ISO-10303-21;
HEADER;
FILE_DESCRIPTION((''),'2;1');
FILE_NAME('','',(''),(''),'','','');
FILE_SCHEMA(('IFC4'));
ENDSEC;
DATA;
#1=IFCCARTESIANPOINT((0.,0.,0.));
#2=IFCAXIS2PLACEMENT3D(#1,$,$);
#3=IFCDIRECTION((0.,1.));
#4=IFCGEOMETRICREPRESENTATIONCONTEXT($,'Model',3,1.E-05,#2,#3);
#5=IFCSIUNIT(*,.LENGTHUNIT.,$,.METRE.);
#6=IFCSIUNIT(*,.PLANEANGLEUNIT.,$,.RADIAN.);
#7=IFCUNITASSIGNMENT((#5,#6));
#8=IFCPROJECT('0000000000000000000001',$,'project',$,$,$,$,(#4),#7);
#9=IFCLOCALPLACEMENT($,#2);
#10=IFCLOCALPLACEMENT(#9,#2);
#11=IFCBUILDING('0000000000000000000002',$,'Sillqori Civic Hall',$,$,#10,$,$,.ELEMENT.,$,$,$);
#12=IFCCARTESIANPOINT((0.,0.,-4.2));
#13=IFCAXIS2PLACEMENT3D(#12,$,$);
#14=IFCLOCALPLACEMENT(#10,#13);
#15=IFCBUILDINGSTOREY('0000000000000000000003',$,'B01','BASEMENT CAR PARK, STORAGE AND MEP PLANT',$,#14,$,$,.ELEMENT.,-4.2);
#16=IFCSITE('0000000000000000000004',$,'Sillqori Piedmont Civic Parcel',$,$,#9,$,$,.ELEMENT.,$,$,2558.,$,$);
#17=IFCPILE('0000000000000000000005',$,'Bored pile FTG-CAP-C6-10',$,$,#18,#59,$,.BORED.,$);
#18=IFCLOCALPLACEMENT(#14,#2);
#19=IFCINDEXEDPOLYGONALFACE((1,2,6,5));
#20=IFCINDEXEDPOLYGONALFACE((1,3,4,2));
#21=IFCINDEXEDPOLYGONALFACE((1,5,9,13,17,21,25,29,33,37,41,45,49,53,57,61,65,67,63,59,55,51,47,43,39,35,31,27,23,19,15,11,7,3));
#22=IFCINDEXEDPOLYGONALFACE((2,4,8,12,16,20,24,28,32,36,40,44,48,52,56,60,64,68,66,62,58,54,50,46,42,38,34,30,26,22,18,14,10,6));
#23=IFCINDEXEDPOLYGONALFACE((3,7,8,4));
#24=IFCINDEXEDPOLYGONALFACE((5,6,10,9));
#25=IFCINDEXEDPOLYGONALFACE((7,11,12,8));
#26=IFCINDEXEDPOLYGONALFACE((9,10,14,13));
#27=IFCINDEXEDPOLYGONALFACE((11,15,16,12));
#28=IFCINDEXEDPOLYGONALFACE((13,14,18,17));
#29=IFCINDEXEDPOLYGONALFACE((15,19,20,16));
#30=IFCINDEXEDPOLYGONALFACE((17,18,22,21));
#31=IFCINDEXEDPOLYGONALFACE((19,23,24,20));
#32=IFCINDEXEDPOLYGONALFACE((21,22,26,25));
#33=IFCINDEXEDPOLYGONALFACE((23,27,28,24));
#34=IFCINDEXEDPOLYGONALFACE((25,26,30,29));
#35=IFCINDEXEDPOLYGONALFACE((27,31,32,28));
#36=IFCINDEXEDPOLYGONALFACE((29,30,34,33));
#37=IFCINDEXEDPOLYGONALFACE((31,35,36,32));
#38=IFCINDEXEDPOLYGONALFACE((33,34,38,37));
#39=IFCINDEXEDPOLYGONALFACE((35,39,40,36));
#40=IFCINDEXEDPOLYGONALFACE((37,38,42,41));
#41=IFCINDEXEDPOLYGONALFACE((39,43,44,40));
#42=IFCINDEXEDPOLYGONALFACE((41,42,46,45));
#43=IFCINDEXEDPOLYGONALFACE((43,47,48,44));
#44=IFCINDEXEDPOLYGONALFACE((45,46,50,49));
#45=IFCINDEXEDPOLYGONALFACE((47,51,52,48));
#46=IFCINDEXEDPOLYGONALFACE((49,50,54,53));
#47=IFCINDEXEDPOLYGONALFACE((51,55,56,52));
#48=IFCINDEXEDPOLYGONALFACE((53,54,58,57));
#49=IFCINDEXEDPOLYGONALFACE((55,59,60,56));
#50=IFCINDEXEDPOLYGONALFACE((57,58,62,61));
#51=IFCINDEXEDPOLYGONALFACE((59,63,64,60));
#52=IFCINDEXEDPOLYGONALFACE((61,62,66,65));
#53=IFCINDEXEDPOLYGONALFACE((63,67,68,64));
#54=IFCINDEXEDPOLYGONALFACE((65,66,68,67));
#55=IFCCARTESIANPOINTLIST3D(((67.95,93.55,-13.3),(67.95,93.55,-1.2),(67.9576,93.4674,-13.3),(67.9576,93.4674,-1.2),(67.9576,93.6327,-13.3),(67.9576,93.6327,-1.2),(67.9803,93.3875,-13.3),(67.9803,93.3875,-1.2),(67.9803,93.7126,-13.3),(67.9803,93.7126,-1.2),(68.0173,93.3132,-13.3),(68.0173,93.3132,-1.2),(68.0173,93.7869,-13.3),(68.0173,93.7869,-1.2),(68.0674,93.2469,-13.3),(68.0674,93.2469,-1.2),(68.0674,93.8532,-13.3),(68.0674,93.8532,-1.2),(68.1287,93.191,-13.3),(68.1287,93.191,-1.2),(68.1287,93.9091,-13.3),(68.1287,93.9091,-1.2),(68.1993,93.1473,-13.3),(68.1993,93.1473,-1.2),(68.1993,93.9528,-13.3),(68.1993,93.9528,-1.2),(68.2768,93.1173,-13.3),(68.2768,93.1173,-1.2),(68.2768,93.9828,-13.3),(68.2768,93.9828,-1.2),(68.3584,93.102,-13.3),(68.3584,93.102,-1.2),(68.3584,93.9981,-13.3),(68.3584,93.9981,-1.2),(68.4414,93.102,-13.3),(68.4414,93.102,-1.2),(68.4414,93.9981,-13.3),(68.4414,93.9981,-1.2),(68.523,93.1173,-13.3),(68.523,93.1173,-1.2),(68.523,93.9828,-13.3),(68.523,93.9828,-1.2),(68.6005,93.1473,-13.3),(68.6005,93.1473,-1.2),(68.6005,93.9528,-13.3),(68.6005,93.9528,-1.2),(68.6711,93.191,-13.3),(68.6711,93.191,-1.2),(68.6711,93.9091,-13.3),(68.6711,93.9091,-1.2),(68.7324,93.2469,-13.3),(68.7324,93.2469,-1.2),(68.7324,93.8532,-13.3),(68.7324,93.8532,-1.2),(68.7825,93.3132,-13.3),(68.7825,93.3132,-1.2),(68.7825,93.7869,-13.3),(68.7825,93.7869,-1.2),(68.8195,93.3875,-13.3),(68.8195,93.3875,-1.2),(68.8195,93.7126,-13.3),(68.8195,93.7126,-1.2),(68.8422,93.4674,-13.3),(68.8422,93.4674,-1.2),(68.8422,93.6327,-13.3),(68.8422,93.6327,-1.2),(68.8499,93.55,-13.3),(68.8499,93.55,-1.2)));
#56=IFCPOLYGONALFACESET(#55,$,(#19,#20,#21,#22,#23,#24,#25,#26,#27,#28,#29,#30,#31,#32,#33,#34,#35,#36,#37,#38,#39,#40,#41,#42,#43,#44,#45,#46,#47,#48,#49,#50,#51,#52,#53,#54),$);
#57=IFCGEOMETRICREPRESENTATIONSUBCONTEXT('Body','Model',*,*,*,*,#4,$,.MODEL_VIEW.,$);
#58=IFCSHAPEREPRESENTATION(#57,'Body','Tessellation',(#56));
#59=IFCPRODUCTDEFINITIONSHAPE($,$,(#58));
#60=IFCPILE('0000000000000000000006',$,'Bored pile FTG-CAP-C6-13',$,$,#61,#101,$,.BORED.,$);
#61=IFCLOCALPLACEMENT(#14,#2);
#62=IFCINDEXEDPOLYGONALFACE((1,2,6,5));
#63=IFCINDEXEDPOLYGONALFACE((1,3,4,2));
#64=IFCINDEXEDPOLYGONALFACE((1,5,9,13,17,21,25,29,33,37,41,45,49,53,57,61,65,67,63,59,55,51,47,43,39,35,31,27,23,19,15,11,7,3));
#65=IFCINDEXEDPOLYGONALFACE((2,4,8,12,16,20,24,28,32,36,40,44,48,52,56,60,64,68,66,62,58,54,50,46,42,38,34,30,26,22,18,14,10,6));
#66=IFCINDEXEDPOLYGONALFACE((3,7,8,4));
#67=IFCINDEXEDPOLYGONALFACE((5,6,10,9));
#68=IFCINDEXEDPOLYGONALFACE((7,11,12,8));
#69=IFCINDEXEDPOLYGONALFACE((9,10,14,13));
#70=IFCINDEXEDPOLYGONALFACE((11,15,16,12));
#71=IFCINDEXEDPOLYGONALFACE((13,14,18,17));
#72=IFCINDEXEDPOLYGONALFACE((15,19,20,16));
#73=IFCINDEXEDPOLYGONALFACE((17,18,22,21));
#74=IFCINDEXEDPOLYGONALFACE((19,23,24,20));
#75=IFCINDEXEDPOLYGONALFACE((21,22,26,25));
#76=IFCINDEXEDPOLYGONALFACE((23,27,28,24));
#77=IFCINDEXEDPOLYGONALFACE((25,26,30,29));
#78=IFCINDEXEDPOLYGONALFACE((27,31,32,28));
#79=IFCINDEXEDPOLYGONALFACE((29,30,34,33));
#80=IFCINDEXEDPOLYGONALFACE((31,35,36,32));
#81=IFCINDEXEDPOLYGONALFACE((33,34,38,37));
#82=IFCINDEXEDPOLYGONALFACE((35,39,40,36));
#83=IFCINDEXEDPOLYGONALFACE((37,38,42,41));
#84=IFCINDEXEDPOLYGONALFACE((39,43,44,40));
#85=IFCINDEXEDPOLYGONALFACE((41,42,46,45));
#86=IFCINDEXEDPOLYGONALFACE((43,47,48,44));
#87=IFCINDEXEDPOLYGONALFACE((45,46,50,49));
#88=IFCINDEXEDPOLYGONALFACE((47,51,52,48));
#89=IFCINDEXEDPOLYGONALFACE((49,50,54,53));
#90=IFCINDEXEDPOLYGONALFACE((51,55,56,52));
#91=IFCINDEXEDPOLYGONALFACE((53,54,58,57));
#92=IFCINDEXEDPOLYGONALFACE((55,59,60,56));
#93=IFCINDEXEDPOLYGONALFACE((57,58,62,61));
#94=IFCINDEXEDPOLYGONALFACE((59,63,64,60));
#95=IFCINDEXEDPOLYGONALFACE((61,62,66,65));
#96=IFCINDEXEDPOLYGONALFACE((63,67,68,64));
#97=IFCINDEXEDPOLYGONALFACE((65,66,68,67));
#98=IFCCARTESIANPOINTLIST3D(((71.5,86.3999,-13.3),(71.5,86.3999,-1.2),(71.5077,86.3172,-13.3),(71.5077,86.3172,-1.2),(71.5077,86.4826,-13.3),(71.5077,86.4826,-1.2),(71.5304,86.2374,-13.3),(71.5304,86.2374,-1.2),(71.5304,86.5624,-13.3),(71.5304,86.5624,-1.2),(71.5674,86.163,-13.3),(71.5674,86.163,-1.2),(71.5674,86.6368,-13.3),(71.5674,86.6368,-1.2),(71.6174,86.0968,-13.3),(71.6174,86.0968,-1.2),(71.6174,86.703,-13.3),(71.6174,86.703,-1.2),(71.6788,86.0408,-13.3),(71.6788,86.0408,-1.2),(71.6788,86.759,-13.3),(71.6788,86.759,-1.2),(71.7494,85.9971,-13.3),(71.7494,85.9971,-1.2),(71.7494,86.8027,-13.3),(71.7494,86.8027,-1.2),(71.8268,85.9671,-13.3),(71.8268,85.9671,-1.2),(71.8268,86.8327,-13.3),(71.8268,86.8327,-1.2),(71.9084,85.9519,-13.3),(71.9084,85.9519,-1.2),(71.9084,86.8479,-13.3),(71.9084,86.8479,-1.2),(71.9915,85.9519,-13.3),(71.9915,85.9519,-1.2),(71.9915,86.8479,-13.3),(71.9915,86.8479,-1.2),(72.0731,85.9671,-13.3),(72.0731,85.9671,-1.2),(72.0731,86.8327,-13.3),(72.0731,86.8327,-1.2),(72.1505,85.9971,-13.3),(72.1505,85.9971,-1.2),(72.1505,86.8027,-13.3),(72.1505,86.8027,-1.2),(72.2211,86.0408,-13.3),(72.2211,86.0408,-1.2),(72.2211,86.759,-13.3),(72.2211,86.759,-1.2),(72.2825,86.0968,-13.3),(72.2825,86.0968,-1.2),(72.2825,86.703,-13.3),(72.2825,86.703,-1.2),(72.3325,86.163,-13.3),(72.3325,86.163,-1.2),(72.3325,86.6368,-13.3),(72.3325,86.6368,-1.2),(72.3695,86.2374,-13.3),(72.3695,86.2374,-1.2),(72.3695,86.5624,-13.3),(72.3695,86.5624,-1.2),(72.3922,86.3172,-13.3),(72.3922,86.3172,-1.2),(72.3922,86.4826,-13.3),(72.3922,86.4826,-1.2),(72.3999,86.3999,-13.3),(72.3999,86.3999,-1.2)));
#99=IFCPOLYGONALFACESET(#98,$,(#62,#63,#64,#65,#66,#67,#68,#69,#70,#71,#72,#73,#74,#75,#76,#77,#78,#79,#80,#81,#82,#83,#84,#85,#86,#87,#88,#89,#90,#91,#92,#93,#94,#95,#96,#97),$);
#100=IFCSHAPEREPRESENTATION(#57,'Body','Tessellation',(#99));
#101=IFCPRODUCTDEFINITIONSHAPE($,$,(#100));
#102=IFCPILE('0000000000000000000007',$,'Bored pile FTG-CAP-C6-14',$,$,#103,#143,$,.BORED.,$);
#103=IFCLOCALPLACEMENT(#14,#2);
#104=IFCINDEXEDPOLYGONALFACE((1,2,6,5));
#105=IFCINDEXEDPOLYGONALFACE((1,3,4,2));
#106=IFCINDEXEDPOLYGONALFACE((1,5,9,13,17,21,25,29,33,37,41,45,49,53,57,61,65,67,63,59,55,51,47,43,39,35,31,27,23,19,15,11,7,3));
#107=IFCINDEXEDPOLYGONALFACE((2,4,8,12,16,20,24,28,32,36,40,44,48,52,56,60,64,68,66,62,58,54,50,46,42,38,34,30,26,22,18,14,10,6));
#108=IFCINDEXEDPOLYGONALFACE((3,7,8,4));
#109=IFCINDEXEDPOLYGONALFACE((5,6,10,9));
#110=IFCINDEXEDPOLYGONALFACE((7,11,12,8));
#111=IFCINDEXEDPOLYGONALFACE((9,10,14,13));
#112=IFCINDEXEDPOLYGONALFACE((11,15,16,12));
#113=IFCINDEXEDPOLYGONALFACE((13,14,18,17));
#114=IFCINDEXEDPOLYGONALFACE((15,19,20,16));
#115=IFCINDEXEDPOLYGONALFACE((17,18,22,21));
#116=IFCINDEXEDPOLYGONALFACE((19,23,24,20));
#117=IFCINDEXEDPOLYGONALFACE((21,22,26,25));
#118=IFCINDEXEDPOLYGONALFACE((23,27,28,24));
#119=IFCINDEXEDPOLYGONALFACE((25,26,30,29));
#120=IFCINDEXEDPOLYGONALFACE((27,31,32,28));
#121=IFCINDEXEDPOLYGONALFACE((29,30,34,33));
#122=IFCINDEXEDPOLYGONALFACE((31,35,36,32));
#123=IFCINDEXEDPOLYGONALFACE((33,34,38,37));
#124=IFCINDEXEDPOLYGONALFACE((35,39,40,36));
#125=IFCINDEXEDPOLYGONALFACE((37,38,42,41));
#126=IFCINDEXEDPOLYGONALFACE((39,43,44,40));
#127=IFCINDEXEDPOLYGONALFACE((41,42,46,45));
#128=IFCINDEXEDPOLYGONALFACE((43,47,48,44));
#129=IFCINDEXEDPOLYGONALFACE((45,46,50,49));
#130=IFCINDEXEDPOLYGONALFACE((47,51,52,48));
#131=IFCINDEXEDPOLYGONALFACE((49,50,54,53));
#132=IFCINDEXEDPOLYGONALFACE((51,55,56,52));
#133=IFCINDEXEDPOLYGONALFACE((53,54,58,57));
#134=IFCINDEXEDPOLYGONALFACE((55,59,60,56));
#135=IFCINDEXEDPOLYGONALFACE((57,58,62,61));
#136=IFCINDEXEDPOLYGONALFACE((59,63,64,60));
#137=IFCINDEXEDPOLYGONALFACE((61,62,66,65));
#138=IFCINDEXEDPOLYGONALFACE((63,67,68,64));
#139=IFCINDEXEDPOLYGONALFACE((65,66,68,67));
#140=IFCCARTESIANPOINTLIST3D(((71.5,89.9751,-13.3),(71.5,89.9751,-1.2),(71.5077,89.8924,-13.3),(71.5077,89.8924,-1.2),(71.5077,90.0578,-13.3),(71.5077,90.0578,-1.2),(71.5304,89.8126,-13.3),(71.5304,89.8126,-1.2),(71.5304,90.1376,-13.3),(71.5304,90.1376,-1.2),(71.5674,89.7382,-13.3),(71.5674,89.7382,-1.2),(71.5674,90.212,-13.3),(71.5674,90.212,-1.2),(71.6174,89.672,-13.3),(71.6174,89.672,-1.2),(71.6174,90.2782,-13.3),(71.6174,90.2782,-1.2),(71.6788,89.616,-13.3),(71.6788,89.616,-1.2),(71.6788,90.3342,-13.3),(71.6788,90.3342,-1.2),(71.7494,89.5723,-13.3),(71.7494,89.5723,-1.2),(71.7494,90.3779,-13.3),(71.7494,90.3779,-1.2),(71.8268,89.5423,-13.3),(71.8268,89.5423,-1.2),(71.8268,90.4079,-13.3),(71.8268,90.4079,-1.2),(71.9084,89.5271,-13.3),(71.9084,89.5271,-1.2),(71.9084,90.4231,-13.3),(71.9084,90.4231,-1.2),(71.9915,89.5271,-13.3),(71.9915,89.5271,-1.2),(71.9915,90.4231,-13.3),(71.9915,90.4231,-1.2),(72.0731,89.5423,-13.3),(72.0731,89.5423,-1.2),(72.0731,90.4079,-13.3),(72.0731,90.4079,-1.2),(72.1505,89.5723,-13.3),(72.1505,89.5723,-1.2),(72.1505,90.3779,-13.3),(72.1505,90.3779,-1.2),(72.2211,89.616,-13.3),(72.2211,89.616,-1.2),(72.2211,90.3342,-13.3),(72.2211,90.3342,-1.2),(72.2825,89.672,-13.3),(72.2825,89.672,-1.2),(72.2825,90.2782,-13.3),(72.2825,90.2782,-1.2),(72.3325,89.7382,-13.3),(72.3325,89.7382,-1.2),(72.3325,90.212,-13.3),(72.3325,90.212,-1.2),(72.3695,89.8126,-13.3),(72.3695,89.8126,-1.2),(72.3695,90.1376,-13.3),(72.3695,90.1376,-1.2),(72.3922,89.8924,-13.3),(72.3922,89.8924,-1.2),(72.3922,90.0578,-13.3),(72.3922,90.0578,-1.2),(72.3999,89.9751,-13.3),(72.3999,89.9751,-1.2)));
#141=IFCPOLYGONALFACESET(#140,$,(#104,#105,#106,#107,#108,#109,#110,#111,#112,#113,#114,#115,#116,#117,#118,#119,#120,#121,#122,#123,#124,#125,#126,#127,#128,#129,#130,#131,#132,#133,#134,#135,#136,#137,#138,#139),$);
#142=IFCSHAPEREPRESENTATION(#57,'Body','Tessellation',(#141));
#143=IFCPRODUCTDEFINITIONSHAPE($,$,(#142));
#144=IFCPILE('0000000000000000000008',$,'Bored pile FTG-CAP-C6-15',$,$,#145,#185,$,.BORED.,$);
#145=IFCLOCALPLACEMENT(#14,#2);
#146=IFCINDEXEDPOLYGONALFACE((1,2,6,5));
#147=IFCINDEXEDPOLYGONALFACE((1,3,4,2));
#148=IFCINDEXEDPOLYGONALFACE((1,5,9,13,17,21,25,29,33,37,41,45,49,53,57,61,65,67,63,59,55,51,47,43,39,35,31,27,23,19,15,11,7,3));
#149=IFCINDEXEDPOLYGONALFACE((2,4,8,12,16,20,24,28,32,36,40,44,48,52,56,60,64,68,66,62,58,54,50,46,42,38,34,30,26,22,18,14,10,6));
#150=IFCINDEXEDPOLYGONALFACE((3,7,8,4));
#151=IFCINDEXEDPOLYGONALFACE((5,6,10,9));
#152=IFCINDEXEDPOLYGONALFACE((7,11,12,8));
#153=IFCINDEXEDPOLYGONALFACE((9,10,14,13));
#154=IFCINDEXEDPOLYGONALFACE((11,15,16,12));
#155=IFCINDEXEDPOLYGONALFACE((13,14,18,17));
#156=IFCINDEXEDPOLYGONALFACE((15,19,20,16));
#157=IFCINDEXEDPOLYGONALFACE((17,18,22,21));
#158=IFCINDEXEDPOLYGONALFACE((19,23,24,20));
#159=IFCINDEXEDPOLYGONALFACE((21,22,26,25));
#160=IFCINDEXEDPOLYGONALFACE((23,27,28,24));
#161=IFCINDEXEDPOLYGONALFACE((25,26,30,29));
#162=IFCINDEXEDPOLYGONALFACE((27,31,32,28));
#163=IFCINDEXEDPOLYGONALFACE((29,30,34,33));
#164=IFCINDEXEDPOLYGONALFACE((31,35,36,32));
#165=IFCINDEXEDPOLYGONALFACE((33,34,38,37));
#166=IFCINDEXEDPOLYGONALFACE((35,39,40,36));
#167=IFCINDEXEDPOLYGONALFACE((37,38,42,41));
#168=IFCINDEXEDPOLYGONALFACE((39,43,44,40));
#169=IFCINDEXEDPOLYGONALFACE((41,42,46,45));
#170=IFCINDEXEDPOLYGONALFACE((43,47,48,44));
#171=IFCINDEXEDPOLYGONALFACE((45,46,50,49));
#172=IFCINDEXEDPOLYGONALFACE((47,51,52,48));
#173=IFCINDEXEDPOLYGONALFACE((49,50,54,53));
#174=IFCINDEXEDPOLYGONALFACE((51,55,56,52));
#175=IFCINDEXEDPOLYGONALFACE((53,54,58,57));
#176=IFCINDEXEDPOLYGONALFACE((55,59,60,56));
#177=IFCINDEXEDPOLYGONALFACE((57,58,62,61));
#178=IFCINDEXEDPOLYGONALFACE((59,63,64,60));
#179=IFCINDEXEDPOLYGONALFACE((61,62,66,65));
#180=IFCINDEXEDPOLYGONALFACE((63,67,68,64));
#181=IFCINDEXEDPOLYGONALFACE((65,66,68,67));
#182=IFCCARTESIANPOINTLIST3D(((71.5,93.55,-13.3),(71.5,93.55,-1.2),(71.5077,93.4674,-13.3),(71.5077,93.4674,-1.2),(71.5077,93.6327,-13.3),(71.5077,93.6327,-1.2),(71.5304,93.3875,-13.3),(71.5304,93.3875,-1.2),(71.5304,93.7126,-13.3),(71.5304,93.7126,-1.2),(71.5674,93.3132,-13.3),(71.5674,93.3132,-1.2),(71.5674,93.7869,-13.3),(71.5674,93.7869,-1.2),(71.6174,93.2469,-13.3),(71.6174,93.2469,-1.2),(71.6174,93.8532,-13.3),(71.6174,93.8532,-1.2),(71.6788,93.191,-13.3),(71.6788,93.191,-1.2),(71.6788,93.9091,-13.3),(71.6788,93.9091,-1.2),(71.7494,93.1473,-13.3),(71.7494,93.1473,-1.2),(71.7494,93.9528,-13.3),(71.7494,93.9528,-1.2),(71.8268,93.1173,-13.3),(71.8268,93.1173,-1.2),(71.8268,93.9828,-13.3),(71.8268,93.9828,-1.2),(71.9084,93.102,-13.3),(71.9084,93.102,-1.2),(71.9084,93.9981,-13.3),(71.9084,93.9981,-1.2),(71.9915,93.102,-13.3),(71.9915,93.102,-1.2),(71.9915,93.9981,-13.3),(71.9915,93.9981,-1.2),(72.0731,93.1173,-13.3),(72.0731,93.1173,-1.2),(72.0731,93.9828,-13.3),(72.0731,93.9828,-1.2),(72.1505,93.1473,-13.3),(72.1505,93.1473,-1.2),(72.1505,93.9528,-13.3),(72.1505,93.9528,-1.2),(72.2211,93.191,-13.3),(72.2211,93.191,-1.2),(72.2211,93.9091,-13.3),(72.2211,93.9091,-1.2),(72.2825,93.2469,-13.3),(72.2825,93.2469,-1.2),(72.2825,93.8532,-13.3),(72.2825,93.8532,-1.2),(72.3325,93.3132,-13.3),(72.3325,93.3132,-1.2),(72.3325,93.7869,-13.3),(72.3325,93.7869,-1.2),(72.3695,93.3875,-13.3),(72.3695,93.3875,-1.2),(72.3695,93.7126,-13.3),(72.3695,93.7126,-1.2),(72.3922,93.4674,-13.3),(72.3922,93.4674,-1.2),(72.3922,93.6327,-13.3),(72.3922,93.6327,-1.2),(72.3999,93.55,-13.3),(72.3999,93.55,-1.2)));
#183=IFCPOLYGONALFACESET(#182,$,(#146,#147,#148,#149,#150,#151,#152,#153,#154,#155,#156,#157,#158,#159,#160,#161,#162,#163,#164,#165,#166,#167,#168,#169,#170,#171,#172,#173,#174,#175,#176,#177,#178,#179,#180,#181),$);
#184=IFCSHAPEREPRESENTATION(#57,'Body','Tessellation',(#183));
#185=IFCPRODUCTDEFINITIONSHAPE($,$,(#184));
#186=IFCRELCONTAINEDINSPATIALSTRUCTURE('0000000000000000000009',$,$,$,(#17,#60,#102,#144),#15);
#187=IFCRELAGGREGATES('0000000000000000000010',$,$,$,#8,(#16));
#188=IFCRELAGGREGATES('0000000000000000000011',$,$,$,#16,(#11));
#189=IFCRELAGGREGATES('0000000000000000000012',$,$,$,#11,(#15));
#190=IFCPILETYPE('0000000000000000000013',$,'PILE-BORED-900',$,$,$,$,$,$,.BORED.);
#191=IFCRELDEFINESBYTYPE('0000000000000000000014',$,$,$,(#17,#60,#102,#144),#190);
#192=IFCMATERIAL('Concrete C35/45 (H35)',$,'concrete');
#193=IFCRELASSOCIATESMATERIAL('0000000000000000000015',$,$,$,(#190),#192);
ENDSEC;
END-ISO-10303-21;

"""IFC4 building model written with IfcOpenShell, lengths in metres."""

from ifc_helpers import new_model, si_unit, direction, frame, origin, origin_2d, place, context, subcontext, project, spatial, circle, extrude, material, material_profile, profile_set, type_object, element, save


model = new_model("IFC4")

# Units and contexts
model_context = context("Model", 3, precision=1e-05, world=origin(), true_north=direction((0.0, 1.0)))
body_context = subcontext(model_context, "Body", "Model", "MODEL_VIEW")
ifc_project = project(units=[si_unit("LENGTHUNIT", "METRE"), si_unit("PLANEANGLEUNIT", "RADIAN")], contexts=[model_context])

# Site, building, storey
site_placement = place(None, origin())
site = spatial("IfcSite", under=ifc_project, at=site_placement, Name="Sillqori Piedmont Civic Parcel", CompositionType="ELEMENT", RefElevation=2558.0)
building_placement = place(site_placement, origin())
building = spatial("IfcBuilding", under=site, at=building_placement, Name="Sillqori Civic Hall", CompositionType="ELEMENT")
storey_placement = place(building_placement, frame((0.0, 0.0, -4.2)))
storey = spatial("IfcBuildingStorey", under=building, at=storey_placement, Name="B01", Description="BASEMENT CAR PARK, STORAGE AND MEP PLANT", CompositionType="ELEMENT", Elevation=-4.2)

# Piles
ifc_material_1 = material(Name="Concrete C35/45 (H35)", Category="concrete")
ifc_material_profile_1 = material_profile(ifc_material_1, circle(Radius=0.45, at=origin_2d()), Name="BORED PILE 900")
ifc_profile_set_1 = profile_set([ifc_material_profile_1], Name="Concrete C35/45 (H35)")
pile_type = type_object("IfcPileType", Name="PILE-BORED-900", PredefinedType="BORED", material=ifc_profile_set_1)
for number, where, z_axis, x_axis, name in (
    (1, (68.3999, 93.55, -1.2), (0.0, 0.0, -1.0), (1.0, 0.0, 0.0), "Bored pile FTG-CAP-C6-10"),
    (2, (71.95, 86.3999, -1.2), (0.0, 0.0, -1.0), (1.0, 0.0, 0.0), "Bored pile FTG-CAP-C6-13"),
    (3, (71.95, 89.9751, -1.2), (0.0, 0.0, -1.0), (1.0, 0.0, 0.0), "Bored pile FTG-CAP-C6-14"),
    (4, (71.95, 93.55, -1.2), (0.0, 0.0, -1.0), (1.0, 0.0, 0.0), "Bored pile FTG-CAP-C6-15"),
):
    element("IfcPile", number, at=place(storey_placement, frame(where, z_axis=z_axis, x_axis=x_axis)), inside=storey, type_object=pile_type, Name=name, PredefinedType="BORED", context=body_context, shape_type="SweptSolid", body=[
        extrude(circle(Radius=0.45, at=origin_2d()), origin(), (0.0, 0.0, 1.0), 12.1001),
    ])

save(model, "model.ifc")
